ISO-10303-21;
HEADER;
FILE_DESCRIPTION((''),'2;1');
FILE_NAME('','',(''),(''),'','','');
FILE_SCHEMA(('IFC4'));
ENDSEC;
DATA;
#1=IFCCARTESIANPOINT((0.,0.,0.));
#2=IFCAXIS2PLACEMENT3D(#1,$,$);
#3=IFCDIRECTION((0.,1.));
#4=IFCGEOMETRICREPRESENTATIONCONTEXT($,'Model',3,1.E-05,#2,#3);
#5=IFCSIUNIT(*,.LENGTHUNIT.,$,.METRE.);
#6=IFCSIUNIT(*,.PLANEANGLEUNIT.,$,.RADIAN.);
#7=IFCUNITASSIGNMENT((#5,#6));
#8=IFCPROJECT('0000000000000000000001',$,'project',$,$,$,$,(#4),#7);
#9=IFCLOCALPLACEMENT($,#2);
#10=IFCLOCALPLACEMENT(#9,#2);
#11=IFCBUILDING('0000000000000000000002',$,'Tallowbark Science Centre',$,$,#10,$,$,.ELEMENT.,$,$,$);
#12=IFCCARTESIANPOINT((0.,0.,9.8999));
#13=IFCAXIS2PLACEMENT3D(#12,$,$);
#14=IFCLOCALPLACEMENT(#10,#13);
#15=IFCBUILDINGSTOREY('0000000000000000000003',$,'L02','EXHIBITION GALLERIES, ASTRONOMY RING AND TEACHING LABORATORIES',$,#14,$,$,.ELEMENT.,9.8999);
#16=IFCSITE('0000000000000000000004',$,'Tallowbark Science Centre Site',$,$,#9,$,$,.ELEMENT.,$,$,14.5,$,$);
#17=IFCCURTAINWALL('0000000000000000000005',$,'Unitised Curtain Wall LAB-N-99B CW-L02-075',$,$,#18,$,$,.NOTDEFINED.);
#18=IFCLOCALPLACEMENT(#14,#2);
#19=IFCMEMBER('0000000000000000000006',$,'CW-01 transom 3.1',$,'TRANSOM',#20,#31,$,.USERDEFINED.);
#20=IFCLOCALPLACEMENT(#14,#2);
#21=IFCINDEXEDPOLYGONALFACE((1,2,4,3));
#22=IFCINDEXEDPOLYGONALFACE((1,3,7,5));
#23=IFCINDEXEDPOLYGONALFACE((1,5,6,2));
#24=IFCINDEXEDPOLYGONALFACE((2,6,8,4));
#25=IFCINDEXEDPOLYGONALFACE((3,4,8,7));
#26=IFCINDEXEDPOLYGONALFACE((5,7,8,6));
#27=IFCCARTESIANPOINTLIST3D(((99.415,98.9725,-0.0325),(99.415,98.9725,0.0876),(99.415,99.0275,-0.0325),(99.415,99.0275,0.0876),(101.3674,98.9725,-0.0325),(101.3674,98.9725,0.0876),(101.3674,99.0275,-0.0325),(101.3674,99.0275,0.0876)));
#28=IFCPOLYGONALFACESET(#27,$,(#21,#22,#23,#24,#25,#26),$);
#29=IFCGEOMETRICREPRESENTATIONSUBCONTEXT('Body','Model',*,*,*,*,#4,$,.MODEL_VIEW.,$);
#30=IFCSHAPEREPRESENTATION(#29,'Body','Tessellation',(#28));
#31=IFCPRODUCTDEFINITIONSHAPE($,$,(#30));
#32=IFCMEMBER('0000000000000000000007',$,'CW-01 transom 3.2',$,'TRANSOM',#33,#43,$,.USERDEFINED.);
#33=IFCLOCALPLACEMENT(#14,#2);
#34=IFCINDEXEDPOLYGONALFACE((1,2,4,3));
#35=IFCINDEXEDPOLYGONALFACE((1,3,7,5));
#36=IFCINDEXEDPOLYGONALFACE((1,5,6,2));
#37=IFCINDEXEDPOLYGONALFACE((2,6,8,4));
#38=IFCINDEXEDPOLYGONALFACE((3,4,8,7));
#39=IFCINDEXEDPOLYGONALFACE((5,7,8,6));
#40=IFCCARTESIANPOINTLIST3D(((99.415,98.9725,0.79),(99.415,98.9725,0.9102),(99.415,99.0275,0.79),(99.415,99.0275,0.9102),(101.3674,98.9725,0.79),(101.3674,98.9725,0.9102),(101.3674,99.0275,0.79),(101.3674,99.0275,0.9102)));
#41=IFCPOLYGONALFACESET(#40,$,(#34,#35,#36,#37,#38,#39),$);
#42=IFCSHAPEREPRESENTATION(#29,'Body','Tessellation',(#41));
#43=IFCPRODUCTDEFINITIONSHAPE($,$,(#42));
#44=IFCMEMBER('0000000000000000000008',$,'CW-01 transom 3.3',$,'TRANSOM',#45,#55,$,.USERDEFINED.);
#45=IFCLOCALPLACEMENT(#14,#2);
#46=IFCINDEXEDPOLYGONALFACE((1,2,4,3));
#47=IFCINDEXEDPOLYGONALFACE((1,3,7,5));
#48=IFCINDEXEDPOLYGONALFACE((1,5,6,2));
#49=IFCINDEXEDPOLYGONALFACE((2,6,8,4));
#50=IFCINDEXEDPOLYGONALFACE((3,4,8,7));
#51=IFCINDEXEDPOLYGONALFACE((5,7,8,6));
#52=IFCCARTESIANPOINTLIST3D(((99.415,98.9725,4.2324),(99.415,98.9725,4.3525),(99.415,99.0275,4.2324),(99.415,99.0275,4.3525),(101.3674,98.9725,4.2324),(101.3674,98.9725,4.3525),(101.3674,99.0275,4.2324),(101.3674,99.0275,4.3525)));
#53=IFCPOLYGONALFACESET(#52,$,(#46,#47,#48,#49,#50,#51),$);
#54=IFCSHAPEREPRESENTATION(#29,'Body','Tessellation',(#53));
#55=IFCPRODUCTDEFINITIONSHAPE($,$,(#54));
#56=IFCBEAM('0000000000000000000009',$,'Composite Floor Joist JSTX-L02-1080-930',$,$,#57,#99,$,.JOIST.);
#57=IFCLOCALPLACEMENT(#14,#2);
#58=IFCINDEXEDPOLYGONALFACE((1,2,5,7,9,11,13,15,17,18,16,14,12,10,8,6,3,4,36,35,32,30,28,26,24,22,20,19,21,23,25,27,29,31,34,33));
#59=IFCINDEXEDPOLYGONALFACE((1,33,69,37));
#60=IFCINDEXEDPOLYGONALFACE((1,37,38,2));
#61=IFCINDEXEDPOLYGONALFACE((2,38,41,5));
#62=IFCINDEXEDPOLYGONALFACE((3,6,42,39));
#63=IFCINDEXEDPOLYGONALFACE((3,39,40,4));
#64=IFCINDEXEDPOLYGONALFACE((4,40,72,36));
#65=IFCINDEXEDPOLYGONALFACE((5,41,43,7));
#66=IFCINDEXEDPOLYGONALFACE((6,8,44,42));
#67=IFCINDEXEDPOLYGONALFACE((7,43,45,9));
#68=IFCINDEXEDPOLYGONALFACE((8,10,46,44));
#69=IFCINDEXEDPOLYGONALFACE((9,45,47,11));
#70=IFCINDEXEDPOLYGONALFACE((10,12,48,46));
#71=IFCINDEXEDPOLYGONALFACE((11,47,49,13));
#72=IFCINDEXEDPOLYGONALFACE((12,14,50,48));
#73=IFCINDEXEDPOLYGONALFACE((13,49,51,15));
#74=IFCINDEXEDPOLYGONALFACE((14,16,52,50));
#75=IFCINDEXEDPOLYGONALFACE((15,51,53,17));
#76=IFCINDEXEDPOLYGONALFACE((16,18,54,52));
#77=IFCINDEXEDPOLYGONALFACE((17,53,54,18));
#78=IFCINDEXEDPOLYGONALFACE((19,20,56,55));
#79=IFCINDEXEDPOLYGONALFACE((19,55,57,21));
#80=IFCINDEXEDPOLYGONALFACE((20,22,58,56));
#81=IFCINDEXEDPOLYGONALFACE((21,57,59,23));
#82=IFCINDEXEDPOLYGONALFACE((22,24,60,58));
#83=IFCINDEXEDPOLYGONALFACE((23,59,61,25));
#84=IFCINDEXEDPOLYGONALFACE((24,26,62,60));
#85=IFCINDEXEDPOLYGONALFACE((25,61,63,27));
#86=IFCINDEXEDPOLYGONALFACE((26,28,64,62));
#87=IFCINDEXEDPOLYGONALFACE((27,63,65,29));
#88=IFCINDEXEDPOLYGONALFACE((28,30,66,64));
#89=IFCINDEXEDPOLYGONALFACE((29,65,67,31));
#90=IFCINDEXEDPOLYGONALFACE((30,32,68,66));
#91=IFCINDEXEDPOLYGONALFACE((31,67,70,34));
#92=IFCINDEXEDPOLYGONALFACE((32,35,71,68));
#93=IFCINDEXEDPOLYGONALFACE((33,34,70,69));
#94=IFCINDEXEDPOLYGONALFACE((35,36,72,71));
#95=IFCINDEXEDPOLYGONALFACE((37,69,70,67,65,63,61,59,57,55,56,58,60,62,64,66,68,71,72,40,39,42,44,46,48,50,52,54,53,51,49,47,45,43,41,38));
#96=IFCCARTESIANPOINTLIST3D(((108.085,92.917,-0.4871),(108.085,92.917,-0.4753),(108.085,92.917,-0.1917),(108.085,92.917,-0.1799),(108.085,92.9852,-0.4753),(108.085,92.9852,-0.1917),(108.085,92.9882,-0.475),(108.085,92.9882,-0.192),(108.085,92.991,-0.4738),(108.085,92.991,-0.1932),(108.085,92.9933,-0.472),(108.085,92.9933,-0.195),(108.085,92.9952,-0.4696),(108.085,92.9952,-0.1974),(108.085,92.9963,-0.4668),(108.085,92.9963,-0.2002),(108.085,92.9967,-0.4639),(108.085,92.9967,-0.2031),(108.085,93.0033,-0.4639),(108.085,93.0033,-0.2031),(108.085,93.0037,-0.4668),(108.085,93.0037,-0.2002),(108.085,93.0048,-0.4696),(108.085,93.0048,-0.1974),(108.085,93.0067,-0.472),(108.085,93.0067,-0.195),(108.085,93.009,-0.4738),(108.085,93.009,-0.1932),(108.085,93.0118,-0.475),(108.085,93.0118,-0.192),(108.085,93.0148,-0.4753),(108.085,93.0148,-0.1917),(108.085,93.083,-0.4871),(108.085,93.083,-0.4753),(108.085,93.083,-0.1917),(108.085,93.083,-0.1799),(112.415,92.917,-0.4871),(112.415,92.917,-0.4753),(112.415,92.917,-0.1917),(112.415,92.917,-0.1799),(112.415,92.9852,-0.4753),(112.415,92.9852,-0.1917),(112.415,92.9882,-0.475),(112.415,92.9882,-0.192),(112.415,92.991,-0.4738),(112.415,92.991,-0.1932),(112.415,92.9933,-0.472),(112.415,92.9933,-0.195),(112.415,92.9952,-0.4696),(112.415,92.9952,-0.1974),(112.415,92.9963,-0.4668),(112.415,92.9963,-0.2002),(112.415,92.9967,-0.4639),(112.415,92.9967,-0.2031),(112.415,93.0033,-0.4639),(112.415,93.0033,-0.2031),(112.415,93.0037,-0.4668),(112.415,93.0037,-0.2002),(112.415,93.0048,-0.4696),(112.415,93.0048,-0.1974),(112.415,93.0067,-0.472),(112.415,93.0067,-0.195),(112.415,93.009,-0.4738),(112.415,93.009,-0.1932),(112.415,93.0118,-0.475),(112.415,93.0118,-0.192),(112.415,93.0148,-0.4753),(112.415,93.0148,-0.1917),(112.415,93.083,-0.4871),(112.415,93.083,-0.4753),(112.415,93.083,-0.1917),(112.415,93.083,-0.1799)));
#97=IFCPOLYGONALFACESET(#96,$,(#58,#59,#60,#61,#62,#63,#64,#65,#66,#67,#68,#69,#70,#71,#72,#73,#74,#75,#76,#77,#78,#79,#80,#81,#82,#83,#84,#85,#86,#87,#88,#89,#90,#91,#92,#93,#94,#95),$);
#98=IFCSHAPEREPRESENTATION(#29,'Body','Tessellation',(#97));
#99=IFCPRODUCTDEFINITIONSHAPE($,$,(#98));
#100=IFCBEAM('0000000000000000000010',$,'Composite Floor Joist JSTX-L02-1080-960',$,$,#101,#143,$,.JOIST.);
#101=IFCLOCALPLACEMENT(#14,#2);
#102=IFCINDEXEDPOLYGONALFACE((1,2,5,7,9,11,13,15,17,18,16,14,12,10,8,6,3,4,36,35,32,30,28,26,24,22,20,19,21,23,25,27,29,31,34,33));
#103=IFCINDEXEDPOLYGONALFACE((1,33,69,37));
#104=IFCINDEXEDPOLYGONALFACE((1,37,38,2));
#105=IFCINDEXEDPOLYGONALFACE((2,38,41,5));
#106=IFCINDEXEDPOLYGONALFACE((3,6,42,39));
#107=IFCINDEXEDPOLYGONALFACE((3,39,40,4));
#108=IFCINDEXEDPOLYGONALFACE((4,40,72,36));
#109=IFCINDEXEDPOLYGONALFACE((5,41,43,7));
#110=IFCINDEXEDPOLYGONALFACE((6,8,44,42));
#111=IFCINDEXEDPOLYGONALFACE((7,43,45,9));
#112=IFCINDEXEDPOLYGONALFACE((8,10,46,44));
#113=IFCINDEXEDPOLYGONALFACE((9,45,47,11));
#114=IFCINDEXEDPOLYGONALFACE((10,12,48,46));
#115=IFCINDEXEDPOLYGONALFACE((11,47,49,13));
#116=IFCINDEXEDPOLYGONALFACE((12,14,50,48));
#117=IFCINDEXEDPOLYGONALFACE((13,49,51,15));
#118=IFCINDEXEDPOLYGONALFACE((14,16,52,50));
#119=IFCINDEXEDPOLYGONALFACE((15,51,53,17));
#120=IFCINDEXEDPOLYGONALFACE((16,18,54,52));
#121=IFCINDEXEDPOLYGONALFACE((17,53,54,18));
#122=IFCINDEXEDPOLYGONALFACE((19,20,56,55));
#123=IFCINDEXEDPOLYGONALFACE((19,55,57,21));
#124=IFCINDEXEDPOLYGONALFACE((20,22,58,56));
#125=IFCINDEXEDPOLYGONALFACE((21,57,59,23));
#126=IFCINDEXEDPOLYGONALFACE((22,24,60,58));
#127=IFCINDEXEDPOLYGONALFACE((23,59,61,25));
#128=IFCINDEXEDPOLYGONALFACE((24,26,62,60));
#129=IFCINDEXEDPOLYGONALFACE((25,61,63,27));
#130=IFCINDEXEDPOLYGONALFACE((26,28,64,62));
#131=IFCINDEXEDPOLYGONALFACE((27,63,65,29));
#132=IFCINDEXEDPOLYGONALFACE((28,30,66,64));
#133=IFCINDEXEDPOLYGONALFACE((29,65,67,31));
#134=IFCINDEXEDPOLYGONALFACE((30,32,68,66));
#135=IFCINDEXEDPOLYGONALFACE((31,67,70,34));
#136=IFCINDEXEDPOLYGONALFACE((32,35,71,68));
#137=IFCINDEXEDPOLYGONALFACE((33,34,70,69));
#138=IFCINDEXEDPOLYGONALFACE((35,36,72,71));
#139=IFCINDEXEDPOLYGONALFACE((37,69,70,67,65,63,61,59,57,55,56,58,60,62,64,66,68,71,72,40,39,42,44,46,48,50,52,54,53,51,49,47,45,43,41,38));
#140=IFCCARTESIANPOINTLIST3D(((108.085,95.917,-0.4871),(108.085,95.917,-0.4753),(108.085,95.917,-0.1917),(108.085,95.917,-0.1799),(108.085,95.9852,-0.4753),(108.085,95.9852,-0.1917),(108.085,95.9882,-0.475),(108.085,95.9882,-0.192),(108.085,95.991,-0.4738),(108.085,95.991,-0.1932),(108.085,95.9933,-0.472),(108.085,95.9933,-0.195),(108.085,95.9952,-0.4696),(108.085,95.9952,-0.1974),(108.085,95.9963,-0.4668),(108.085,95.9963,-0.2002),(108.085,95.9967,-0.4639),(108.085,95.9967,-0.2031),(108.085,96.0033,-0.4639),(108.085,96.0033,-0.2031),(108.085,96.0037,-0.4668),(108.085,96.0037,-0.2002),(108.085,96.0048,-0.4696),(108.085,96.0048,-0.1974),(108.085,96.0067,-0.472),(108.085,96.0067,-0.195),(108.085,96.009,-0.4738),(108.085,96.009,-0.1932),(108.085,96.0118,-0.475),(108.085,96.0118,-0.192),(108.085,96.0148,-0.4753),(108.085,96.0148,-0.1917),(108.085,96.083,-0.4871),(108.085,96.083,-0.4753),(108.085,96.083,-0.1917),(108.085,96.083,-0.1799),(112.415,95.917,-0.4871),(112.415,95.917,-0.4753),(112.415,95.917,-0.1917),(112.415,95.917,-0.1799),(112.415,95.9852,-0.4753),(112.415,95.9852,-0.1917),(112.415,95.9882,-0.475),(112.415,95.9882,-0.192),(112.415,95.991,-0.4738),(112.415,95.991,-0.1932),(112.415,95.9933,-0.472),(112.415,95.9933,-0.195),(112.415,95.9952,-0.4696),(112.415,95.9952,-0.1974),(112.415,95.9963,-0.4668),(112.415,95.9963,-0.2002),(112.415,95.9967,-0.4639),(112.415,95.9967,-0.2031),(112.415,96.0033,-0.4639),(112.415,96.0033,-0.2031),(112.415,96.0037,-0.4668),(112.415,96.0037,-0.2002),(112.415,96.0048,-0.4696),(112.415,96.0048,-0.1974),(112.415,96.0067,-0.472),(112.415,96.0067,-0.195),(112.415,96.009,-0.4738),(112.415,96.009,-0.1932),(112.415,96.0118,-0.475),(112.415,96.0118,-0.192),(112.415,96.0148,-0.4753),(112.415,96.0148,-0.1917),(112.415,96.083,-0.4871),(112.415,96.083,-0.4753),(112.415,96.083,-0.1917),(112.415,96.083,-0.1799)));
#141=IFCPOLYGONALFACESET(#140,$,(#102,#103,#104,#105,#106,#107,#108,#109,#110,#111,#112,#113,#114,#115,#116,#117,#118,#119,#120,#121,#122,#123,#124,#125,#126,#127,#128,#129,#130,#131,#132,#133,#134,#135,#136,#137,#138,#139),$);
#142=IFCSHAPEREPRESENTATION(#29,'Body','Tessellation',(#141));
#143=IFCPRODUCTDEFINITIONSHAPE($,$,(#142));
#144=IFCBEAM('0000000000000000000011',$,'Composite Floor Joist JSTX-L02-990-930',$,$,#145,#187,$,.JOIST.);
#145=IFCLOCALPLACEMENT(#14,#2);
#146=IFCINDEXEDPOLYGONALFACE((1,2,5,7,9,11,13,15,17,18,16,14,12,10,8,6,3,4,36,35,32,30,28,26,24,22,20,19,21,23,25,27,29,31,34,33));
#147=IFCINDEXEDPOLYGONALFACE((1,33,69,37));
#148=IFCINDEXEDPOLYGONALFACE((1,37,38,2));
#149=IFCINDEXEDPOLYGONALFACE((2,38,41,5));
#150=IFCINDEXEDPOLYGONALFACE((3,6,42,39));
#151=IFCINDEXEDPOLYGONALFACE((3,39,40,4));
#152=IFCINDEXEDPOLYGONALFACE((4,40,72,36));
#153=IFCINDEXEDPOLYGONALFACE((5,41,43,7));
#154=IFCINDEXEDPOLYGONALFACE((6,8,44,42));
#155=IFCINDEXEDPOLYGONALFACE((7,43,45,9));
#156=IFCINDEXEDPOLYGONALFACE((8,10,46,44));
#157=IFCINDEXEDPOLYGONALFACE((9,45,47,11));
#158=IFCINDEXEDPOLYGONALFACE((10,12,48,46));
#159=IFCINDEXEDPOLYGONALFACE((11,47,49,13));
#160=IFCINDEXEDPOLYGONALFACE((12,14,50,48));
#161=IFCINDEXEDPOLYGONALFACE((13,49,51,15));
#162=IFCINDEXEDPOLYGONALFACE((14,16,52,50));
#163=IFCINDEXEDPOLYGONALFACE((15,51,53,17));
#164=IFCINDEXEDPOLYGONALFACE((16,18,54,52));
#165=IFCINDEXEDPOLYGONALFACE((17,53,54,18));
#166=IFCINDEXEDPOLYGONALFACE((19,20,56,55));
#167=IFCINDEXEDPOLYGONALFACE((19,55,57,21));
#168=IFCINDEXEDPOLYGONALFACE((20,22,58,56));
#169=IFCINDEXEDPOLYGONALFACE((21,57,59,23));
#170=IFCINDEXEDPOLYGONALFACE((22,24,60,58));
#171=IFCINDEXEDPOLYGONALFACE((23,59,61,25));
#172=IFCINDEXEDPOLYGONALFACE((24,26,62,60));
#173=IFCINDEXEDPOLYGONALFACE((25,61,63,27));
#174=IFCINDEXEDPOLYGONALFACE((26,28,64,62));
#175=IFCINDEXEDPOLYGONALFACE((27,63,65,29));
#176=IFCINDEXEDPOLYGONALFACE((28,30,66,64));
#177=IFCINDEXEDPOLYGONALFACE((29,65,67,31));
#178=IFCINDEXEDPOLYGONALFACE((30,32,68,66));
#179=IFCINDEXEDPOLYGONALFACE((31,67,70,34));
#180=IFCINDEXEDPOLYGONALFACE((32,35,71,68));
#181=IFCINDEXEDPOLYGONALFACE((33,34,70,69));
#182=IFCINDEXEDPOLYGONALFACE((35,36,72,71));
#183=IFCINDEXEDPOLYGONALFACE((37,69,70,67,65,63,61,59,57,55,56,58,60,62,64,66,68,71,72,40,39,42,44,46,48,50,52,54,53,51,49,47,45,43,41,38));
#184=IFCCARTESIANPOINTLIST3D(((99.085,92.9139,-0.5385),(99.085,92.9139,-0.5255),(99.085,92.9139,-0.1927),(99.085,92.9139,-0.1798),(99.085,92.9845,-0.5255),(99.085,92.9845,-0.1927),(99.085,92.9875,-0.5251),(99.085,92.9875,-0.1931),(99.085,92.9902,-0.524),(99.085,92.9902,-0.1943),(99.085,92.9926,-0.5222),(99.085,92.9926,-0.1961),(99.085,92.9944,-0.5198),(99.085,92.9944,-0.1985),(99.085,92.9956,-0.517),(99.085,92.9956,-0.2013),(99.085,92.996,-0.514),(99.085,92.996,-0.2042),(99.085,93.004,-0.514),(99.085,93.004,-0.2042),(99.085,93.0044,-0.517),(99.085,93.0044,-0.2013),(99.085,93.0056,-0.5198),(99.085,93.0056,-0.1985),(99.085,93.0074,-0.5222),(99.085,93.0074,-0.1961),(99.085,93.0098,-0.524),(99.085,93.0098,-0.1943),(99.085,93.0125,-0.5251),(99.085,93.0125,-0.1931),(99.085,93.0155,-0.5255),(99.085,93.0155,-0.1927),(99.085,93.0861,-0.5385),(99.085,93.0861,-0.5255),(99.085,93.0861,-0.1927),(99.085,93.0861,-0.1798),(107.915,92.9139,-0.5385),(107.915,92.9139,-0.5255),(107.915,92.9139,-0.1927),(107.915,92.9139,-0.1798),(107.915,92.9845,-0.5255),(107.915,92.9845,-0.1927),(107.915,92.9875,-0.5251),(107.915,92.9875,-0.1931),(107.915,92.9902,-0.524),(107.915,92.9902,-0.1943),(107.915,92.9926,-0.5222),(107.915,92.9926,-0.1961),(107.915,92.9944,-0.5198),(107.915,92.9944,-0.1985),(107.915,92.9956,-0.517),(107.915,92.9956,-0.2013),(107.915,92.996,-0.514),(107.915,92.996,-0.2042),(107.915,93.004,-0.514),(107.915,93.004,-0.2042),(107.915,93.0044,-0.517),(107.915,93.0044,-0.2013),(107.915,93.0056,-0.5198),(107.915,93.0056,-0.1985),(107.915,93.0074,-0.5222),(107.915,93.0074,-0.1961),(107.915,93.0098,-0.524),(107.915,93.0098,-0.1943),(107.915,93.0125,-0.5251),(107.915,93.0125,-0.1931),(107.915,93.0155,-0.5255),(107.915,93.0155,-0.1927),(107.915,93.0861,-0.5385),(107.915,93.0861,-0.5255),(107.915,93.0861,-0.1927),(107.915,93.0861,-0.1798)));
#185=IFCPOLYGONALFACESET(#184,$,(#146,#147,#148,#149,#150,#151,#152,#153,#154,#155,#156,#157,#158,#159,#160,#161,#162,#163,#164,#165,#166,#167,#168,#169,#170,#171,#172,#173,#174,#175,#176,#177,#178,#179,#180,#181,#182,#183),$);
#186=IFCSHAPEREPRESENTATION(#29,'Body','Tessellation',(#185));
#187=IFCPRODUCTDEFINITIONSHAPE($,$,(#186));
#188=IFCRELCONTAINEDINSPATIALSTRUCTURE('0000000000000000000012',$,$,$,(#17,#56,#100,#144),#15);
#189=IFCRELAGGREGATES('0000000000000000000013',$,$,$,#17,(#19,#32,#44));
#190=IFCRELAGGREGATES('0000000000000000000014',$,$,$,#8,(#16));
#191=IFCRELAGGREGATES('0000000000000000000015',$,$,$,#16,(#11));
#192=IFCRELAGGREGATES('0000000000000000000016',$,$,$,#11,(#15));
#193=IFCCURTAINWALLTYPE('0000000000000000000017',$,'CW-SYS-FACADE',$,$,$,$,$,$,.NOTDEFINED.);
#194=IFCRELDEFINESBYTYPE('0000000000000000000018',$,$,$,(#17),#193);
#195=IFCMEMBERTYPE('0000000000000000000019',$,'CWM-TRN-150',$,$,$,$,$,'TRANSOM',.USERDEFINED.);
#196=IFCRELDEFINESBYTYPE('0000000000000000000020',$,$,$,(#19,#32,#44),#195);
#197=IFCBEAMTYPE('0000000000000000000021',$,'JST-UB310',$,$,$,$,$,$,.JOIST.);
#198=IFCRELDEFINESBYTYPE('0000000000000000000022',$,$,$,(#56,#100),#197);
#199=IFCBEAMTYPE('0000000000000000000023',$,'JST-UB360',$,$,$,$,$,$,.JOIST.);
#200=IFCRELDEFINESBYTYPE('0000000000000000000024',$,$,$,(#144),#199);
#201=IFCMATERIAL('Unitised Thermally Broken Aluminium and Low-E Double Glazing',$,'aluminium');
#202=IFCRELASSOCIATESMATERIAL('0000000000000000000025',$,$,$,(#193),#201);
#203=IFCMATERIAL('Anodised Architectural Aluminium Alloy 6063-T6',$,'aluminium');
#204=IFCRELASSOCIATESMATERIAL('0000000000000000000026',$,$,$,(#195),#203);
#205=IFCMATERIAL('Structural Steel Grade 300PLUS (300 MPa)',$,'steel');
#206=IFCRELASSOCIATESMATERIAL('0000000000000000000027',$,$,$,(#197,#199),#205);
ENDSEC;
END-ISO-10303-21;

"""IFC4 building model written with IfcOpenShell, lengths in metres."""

from ifc_helpers import new_model, si_unit, direction, frame, origin, origin_2d, place, context, subcontext, project, spatial, rectangle, i_section, extrude, material, material_profile, profile_set, type_object, element, aggregate, save


model = new_model("IFC4")

# Units and contexts
model_context = context("Model", 3, precision=1e-05, world=origin(), true_north=direction((0.0, 1.0)))
body_context = subcontext(model_context, "Body", "Model", "MODEL_VIEW")
ifc_project = project(units=[si_unit("LENGTHUNIT", "METRE"), si_unit("PLANEANGLEUNIT", "RADIAN")], contexts=[model_context])

# Site, building, storey
site_placement = place(None, origin())
site = spatial("IfcSite", under=ifc_project, at=site_placement, Name="Tallowbark Science Centre Site", CompositionType="ELEMENT", RefElevation=14.5)
building_placement = place(site_placement, origin())
building = spatial("IfcBuilding", under=site, at=building_placement, Name="Tallowbark Science Centre", CompositionType="ELEMENT")
storey_placement = place(building_placement, frame((0.0, 0.0, 9.8999)))
storey = spatial("IfcBuildingStorey", under=building, at=storey_placement, Name="L02", Description="EXHIBITION GALLERIES, ASTRONOMY RING AND TEACHING LABORATORIES", CompositionType="ELEMENT", Elevation=9.8999)

# Shared definitions
ifc_material_1 = material(Name="Structural Steel Grade 300PLUS (300 MPa)", Category="steel")

# Curtain wall, members
ifc_material_2 = material(Name="Unitised Thermally Broken Aluminium and Low-E Double Glazing", Category="aluminium")
curtain_wall_type = type_object("IfcCurtainWallType", Name="CW-SYS-FACADE", PredefinedType="NOTDEFINED", material=ifc_material_2)
curtain_wall_placement = place(storey_placement, origin())
curtain_wall = element("IfcCurtainWall", 1, at=curtain_wall_placement, inside=storey, type_object=curtain_wall_type, Name="Unitised Curtain Wall LAB-N-99B CW-L02-075", PredefinedType="NOTDEFINED")
ifc_material_3 = material(Name="Anodised Architectural Aluminium Alloy 6063-T6", Category="aluminium")
ifc_material_profile_1 = material_profile(ifc_material_3, rectangle(XDim=0.0549, YDim=0.1201, at=origin_2d()), Name="ALU55x120")
ifc_profile_set_1 = profile_set([ifc_material_profile_1], Name="Anodised Architectural Aluminium Alloy 6063-T6")
member_type_1 = type_object("IfcMemberType", Name="CWM-TRN-150", ElementType="TRANSOM", PredefinedType="USERDEFINED", material=ifc_profile_set_1)
member_1_placement = place(storey_placement, frame((101.3674, 99.0, 0.0276), z_axis=(-1.0, 0.0, 0.0), x_axis=(0.0, -1.0, 0.0)))
member_1 = element("IfcMember", 2, at=member_1_placement, type_object=member_type_1, Name="CW-01 transom 3.1", ObjectType="TRANSOM", PredefinedType="USERDEFINED", context=body_context, shape_type="SweptSolid", body=[
    extrude(rectangle(XDim=0.0549, YDim=0.1201, at=origin_2d()), origin(), (0.0, 0.0, 1.0), 1.9524),
])
member_2_placement = place(storey_placement, frame((101.3674, 99.0, 0.8501), z_axis=(-1.0, 0.0, 0.0), x_axis=(0.0, -1.0, 0.0)))
member_2 = element("IfcMember", 3, at=member_2_placement, type_object=member_type_1, Name="CW-01 transom 3.2", ObjectType="TRANSOM", PredefinedType="USERDEFINED", context=body_context, shape_type="SweptSolid", body=[
    extrude(rectangle(XDim=0.0549, YDim=0.1201, at=origin_2d()), origin(), (0.0, 0.0, 1.0), 1.9524),
])
member_3_placement = place(storey_placement, frame((101.3674, 99.0, 4.2925), z_axis=(-1.0, 0.0, 0.0), x_axis=(0.0, -1.0, 0.0)))
member_3 = element("IfcMember", 4, at=member_3_placement, type_object=member_type_1, Name="CW-01 transom 3.3", ObjectType="TRANSOM", PredefinedType="USERDEFINED", context=body_context, shape_type="SweptSolid", body=[
    extrude(rectangle(XDim=0.0549, YDim=0.1201, at=origin_2d()), origin(), (0.0, 0.0, 1.0), 1.9524),
])

# Beams
ifc_material_profile_2 = material_profile(ifc_material_1, i_section(OverallWidth=0.166, OverallDepth=0.3071, WebThickness=0.0066, FlangeThickness=0.0117, FilletRadius=0.0115, at=origin_2d()), Name="310UB46.2")
ifc_profile_set_2 = profile_set([ifc_material_profile_2], Name="Structural Steel Grade 300PLUS (300 MPa)")
beam_type_1 = type_object("IfcBeamType", Name="JST-UB310", PredefinedType="JOIST", material=ifc_profile_set_2)
for number, where, z_axis, x_axis, name in (
    (5, (108.085, 93.0, -0.3335), (1.0, 0.0, 0.0), (0.0, 1.0, 0.0), "Composite Floor Joist JSTX-L02-1080-930"),
    (6, (108.085, 96.0, -0.3335), (1.0, 0.0, 0.0), (0.0, 1.0, 0.0), "Composite Floor Joist JSTX-L02-1080-960"),
):
    element("IfcBeam", number, at=place(storey_placement, frame(where, z_axis=z_axis, x_axis=x_axis)), inside=storey, type_object=beam_type_1, Name=name, PredefinedType="JOIST", context=body_context, shape_type="SweptSolid", body=[
        extrude(i_section(OverallWidth=0.166, OverallDepth=0.3071, WebThickness=0.0066, FlangeThickness=0.0117, FilletRadius=0.0115, at=origin_2d()), origin(), (0.0, 0.0, 1.0), 4.3301),
    ])
ifc_material_profile_3 = material_profile(ifc_material_1, i_section(OverallWidth=0.1721, OverallDepth=0.3586, WebThickness=0.0081, FlangeThickness=0.0129, FilletRadius=0.0115, at=origin_2d()), Name="360UB56.7")
ifc_profile_set_3 = profile_set([ifc_material_profile_3], Name="Structural Steel Grade 300PLUS (300 MPa)")
beam_type_2 = type_object("IfcBeamType", Name="JST-UB360", PredefinedType="JOIST", material=ifc_profile_set_3)
for number, where, z_axis, x_axis, name in (
    (7, (99.085, 93.0, -0.3591), (1.0, 0.0, 0.0), (0.0, 1.0, 0.0), "Composite Floor Joist JSTX-L02-990-930"),
):
    element("IfcBeam", number, at=place(storey_placement, frame(where, z_axis=z_axis, x_axis=x_axis)), inside=storey, type_object=beam_type_2, Name=name, PredefinedType="JOIST", context=body_context, shape_type="SweptSolid", body=[
        extrude(i_section(OverallWidth=0.1721, OverallDepth=0.3586, WebThickness=0.0081, FlangeThickness=0.0129, FilletRadius=0.0115, at=origin_2d()), origin(), (0.0, 0.0, 1.0), 8.8301),
    ])

aggregate(curtain_wall, [member_1, member_2, member_3])

save(model, "model.ifc")
